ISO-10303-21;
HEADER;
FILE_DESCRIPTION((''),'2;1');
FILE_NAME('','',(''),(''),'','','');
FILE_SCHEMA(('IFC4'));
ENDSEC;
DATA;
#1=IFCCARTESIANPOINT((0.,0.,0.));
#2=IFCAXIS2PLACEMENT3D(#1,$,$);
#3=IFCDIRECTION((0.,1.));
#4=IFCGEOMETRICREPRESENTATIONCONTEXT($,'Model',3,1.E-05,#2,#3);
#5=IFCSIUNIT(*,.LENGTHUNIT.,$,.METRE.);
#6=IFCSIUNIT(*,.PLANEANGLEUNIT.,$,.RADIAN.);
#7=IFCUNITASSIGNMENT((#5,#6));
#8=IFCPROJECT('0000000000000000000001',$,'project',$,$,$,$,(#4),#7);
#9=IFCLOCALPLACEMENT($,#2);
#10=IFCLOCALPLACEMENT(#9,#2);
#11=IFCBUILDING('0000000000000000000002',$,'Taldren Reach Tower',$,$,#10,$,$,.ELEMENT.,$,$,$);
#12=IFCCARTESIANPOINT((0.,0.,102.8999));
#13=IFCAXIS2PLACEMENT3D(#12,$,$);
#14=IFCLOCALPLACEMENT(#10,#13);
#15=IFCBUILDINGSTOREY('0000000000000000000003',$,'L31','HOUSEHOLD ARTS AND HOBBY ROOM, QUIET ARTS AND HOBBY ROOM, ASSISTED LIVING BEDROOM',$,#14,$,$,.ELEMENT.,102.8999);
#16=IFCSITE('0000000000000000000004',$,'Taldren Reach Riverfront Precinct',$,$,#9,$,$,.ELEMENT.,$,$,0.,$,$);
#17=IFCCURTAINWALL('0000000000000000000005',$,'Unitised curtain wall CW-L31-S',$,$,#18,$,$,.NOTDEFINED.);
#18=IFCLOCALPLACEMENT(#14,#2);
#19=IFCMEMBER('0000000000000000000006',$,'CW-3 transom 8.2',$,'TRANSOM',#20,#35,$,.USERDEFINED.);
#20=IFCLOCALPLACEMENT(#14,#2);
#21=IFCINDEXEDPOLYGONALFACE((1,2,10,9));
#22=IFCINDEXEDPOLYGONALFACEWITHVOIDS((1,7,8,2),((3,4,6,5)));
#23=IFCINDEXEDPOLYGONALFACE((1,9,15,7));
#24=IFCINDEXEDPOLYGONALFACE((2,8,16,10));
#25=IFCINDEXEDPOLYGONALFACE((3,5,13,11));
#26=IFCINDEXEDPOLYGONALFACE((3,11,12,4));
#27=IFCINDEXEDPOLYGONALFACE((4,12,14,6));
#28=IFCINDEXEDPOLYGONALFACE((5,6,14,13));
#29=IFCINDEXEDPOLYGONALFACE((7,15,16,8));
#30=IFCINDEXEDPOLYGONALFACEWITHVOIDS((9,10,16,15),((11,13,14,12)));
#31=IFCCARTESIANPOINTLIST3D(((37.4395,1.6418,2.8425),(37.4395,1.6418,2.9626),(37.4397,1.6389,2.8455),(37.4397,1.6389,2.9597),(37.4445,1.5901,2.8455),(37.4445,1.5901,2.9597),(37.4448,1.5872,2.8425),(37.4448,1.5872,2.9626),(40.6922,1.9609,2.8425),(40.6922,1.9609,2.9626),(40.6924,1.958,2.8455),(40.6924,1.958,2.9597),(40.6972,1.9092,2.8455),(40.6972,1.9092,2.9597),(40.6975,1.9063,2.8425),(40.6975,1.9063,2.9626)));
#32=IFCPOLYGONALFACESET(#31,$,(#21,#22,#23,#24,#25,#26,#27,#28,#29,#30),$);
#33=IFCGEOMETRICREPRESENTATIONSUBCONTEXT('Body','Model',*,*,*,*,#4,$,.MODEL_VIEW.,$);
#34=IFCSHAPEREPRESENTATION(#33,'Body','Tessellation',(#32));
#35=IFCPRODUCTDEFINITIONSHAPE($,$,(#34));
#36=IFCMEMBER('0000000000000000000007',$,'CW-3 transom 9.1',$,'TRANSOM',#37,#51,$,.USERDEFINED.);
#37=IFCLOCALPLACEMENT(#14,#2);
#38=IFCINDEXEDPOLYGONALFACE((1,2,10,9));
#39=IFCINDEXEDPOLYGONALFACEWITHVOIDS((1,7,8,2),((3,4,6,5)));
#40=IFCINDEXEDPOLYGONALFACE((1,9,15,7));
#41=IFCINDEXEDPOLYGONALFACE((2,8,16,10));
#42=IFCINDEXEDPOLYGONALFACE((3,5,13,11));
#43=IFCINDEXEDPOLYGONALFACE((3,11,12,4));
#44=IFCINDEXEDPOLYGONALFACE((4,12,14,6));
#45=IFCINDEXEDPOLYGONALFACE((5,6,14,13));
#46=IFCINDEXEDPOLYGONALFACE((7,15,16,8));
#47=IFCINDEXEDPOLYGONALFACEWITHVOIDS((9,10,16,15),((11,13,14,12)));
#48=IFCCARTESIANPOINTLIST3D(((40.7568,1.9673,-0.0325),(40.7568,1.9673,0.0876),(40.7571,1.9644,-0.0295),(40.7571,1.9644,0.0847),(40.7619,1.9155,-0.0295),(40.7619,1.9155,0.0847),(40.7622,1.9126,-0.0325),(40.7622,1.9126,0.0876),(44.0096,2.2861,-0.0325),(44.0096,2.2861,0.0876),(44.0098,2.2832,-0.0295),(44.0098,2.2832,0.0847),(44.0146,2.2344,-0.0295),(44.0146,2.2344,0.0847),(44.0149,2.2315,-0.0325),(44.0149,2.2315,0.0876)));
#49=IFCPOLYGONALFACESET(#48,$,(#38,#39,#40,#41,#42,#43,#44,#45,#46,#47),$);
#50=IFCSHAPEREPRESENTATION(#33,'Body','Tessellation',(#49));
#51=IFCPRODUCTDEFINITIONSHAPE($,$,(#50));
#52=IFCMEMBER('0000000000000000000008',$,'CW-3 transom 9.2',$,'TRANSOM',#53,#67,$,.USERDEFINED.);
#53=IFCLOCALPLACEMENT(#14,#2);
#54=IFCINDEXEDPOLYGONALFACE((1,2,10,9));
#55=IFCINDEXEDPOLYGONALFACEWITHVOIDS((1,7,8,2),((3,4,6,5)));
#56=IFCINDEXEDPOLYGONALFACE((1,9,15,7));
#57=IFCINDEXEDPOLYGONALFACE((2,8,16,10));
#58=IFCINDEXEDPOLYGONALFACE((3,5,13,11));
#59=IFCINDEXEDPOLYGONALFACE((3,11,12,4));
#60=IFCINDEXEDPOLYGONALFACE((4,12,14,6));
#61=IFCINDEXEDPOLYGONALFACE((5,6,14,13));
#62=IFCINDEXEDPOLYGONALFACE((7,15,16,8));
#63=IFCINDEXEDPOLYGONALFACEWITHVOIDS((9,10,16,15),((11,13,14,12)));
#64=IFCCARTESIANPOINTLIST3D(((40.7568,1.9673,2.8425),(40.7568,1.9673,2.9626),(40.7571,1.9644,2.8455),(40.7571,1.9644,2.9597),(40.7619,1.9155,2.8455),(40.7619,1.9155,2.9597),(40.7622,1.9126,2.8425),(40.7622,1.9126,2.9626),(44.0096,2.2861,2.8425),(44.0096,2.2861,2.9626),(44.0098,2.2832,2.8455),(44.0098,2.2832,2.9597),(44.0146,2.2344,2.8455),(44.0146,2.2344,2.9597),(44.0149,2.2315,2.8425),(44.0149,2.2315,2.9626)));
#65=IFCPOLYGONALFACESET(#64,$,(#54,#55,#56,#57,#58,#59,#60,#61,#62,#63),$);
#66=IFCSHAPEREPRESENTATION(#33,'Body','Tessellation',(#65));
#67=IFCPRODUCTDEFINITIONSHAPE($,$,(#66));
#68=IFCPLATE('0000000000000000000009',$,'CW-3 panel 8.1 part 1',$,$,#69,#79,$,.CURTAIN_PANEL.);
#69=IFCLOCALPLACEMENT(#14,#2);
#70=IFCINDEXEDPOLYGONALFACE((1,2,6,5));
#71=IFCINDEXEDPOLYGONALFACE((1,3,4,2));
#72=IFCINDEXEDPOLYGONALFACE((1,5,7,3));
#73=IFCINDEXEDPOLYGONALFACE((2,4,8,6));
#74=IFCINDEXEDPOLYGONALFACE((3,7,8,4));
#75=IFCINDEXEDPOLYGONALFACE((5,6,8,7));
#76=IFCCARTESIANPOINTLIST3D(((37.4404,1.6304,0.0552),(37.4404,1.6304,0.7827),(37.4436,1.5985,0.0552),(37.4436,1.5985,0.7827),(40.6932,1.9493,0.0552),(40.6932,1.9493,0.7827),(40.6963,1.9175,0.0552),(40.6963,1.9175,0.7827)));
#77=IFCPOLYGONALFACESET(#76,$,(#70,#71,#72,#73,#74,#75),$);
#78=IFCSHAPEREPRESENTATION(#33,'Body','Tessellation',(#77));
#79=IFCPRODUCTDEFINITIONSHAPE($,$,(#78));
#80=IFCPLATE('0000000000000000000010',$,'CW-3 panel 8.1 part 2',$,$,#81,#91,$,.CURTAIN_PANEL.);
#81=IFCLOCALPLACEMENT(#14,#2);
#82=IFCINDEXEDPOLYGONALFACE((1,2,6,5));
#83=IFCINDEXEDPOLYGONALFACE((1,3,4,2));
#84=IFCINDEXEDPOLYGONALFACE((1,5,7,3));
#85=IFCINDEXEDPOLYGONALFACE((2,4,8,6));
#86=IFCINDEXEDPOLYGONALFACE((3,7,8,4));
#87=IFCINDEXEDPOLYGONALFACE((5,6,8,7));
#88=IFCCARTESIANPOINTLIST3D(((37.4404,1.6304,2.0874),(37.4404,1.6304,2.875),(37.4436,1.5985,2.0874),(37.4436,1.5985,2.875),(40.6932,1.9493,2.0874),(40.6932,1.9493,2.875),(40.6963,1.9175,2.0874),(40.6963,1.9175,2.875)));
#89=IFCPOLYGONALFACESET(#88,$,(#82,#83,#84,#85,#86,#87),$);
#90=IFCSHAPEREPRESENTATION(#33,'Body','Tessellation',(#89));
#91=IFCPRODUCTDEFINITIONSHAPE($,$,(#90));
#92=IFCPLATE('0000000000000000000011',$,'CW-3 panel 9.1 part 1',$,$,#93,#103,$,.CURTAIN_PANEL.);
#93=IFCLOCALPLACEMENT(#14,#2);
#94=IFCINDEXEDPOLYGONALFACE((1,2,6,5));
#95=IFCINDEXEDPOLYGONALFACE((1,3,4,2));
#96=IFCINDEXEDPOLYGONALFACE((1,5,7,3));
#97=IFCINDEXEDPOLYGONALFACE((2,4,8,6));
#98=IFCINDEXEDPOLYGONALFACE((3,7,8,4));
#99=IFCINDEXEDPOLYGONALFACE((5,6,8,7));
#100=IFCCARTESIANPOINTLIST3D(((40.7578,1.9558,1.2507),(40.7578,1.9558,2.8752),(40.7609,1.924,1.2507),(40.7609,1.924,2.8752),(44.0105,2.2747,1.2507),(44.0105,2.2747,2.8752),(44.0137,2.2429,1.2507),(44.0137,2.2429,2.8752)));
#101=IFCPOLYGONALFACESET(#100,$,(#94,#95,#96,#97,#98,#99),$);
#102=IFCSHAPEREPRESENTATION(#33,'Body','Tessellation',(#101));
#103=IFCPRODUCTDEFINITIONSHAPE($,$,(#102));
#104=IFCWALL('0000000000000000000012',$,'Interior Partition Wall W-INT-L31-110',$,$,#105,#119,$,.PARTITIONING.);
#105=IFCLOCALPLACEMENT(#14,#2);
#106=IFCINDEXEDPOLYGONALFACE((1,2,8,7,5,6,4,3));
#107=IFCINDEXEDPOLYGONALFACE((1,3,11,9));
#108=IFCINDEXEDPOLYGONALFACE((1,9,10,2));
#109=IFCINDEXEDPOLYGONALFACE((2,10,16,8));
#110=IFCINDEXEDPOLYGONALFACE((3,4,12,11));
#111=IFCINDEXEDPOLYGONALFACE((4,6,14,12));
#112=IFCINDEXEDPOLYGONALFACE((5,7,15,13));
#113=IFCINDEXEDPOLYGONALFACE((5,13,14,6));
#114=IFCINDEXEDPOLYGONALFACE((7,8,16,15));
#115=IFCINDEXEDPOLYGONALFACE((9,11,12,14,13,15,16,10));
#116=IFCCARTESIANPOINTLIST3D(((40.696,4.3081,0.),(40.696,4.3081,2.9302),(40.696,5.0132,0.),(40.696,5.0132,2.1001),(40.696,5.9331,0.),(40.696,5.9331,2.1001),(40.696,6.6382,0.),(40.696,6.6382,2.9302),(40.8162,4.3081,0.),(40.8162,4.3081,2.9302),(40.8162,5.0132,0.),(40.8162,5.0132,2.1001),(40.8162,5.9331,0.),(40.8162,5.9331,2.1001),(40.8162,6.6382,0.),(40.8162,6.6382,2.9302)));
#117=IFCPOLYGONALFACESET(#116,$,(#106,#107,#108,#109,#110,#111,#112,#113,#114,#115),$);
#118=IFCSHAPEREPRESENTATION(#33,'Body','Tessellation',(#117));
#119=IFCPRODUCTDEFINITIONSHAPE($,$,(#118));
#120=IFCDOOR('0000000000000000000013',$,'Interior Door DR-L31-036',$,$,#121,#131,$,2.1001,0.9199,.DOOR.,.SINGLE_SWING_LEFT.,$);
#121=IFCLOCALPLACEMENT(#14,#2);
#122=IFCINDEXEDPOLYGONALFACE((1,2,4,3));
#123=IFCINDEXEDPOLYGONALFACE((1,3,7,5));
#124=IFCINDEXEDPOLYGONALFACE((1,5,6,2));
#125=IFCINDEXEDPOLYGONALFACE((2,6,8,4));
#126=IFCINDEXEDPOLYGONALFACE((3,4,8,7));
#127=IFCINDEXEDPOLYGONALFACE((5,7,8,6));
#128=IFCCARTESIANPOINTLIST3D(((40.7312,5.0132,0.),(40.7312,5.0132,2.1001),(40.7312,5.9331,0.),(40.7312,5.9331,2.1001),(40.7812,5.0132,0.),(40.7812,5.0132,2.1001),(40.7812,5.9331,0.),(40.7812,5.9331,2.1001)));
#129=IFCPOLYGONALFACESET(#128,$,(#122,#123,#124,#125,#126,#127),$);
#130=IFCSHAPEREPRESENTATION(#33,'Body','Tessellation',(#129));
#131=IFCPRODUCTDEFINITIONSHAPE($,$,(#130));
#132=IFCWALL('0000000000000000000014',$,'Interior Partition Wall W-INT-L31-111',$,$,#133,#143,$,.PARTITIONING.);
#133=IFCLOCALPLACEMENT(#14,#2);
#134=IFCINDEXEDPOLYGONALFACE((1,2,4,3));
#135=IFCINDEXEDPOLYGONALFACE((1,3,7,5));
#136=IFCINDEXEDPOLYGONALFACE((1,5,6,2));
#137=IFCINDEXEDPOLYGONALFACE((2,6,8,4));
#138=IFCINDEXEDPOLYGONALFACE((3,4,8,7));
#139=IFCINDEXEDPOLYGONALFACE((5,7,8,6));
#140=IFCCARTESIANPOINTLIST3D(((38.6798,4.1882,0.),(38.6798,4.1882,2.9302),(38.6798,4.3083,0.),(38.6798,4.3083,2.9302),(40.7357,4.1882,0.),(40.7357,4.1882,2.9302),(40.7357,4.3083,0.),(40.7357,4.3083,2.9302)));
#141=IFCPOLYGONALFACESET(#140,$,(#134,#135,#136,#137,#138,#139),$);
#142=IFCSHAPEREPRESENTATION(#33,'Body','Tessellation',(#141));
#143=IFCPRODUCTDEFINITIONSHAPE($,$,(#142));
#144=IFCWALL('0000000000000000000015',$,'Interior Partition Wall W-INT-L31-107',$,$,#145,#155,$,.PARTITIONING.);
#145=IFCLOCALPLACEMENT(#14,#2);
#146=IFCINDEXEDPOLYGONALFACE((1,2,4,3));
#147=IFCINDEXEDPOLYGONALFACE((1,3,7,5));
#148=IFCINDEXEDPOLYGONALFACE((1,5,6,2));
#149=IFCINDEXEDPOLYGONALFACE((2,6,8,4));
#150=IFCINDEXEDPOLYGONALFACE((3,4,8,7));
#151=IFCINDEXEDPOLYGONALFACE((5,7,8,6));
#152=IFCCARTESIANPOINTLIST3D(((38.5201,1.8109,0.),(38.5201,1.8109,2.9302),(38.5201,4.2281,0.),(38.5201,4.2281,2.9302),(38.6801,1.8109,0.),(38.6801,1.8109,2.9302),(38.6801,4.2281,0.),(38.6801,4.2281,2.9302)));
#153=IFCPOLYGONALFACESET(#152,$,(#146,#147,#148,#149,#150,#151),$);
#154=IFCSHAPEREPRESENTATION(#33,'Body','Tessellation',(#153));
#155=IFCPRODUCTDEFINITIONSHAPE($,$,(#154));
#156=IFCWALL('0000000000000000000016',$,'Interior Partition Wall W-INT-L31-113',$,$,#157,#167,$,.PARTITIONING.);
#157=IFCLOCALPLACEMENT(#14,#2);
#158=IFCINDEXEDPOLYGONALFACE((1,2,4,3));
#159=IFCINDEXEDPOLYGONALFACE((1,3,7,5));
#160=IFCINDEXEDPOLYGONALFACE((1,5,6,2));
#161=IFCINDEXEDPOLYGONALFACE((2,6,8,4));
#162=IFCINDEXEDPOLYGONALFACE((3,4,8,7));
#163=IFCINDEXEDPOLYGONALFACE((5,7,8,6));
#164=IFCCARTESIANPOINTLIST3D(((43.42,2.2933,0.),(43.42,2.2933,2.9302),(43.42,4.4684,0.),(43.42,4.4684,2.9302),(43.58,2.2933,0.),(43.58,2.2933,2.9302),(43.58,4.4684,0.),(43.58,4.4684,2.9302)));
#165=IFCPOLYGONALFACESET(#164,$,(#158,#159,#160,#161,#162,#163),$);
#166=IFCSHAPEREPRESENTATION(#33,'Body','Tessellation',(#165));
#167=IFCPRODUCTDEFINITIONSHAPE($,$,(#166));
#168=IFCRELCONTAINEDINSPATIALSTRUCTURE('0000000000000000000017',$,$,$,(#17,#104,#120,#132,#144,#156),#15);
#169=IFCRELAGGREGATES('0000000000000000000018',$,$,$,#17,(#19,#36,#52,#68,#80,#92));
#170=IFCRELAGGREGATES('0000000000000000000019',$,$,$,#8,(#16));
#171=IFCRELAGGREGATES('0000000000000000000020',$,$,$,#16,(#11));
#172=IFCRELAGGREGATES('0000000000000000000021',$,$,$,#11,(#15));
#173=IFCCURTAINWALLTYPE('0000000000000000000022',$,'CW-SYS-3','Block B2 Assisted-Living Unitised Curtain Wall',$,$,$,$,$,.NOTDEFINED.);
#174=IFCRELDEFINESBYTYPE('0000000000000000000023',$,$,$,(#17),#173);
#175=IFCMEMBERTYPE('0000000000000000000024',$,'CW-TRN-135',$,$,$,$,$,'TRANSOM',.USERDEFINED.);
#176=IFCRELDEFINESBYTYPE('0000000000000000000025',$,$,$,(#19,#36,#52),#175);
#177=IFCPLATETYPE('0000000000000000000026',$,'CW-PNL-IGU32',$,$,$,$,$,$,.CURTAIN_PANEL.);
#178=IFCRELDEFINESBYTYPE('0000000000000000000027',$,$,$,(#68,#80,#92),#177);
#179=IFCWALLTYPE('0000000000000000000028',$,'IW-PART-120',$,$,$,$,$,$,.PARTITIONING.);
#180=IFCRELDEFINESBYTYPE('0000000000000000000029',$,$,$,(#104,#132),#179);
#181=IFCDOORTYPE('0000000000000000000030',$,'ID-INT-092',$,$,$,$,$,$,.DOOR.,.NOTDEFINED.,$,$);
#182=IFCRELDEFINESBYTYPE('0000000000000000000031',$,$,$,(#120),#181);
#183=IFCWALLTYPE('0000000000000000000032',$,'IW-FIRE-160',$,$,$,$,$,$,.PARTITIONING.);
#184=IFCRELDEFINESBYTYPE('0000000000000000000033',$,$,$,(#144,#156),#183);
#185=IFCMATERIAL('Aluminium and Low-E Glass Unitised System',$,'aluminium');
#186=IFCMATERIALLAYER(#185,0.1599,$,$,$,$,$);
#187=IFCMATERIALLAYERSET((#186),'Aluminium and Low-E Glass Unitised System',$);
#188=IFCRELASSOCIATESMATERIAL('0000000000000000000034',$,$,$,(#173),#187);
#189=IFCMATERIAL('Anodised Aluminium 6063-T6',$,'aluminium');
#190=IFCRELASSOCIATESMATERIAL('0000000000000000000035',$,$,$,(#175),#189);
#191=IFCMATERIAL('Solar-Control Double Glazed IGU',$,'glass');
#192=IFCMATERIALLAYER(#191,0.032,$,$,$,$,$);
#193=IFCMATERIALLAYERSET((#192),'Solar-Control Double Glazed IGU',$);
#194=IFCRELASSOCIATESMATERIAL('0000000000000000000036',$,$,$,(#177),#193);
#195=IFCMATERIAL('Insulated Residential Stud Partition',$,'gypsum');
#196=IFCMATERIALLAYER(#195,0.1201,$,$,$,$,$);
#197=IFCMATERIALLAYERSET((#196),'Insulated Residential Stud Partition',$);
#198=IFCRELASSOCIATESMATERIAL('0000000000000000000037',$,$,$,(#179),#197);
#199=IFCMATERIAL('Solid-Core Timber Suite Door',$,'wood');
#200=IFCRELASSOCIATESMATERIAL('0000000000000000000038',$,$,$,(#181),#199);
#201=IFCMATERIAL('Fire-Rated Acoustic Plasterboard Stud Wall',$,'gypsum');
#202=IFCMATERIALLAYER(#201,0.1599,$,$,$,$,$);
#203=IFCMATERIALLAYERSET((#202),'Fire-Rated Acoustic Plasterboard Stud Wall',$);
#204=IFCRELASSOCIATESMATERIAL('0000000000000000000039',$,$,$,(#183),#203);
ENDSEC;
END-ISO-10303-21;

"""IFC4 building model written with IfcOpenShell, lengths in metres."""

from ifc_helpers import new_model, si_unit, direction, frame, frame_2d, origin, origin_2d, place, context, subcontext, project, spatial, rectangle, hollow_rectangle, extrude, source, transform, mapped, material, layer, layer_set, material_profile, profile_set, type_object, element, fill, aggregate, save


model = new_model("IFC4")

# Units and contexts
model_context = context("Model", 3, precision=1e-05, world=origin(), true_north=direction((0.0, 1.0)))
body_context = subcontext(model_context, "Body", "Model", "MODEL_VIEW")
ifc_project = project(units=[si_unit("LENGTHUNIT", "METRE"), si_unit("PLANEANGLEUNIT", "RADIAN")], contexts=[model_context])

# Site, building, storey
site_placement = place(None, origin())
site = spatial("IfcSite", under=ifc_project, at=site_placement, Name="Taldren Reach Riverfront Precinct", CompositionType="ELEMENT", RefElevation=0.0)
building_placement = place(site_placement, origin())
building = spatial("IfcBuilding", under=site, at=building_placement, Name="Taldren Reach Tower", CompositionType="ELEMENT")
storey_placement = place(building_placement, frame((0.0, 0.0, 102.8999)))
storey = spatial("IfcBuildingStorey", under=building, at=storey_placement, Name="L31", Description="HOUSEHOLD ARTS AND HOBBY ROOM, QUIET ARTS AND HOBBY ROOM, ASSISTED LIVING BEDROOM", CompositionType="ELEMENT", Elevation=102.8999)

# Curtain wall, members, plates
ifc_material_1 = material(Name="Aluminium and Low-E Glass Unitised System", Category="aluminium")
ifc_layer_1 = layer(ifc_material_1, 0.1599)
ifc_layer_set_1 = layer_set([ifc_layer_1], Name="Aluminium and Low-E Glass Unitised System")
curtain_wall_type = type_object("IfcCurtainWallType", Name="CW-SYS-3", Description="Block B2 Assisted-Living Unitised Curtain Wall", PredefinedType="NOTDEFINED", material=ifc_layer_set_1)
curtain_wall_placement = place(storey_placement, origin())
curtain_wall = element("IfcCurtainWall", 1, at=curtain_wall_placement, inside=storey, type_object=curtain_wall_type, Name="Unitised curtain wall CW-L31-S", PredefinedType="NOTDEFINED")
ifc_material_2 = material(Name="Anodised Aluminium 6063-T6", Category="aluminium")
ifc_material_profile_1 = material_profile(ifc_material_2, hollow_rectangle(XDim=0.0549, YDim=0.1201, WallThickness=0.0029, at=origin_2d()), Name="ALU-120x55x3RHS")
ifc_profile_set_1 = profile_set([ifc_material_profile_1], Name="Anodised Aluminium 6063-T6")
member_type_1 = type_object("IfcMemberType", Name="CW-TRN-135", ElementType="TRANSOM", PredefinedType="USERDEFINED", material=ifc_profile_set_1)
shared_shape_1 = source(origin(), body_context, "Body", "SweptSolid", [
    extrude(hollow_rectangle(XDim=0.0549, YDim=0.1201, WallThickness=0.0029, at=origin_2d()), origin(), (0.0, 0.0, 1.0), 3.2683),
])
member_1_placement = place(storey_placement, frame((37.4421, 1.6145, 2.9026), z_axis=(0.995223, 0.097632, 0.0), x_axis=(-0.097632, 0.995223, 0.0)))
member_1 = element("IfcMember", 2, at=member_1_placement, type_object=member_type_1, Name="CW-3 transom 8.2", ObjectType="TRANSOM", PredefinedType="USERDEFINED", context=body_context, shape_type="MappedRepresentation", body=[
    mapped(shared_shape_1, transform((0.0, 0.0, 0.0), scale=1.0)),
])
member_2_placement = place(storey_placement, frame((40.7595, 1.9399, 0.0276), z_axis=(0.99523, 0.097558, 0.0), x_axis=(-0.097558, 0.99523, 0.0)))
member_2 = element("IfcMember", 3, at=member_2_placement, type_object=member_type_1, Name="CW-3 transom 9.1", ObjectType="TRANSOM", PredefinedType="USERDEFINED", context=body_context, shape_type="MappedRepresentation", body=[
    mapped(shared_shape_1, transform((0.0, 0.0, 0.0), scale=1.0)),
])
member_3_placement = place(storey_placement, frame((40.7595, 1.9399, 2.9026), z_axis=(0.99523, 0.097558, 0.0), x_axis=(-0.097558, 0.99523, 0.0)))
member_3 = element("IfcMember", 4, at=member_3_placement, type_object=member_type_1, Name="CW-3 transom 9.2", ObjectType="TRANSOM", PredefinedType="USERDEFINED", context=body_context, shape_type="MappedRepresentation", body=[
    mapped(shared_shape_1, transform((0.0, 0.0, 0.0), scale=1.0)),
])
ifc_material_3 = material(Name="Solar-Control Double Glazed IGU", Category="glass")
ifc_layer_2 = layer(ifc_material_3, 0.032)
ifc_layer_set_2 = layer_set([ifc_layer_2], Name="Solar-Control Double Glazed IGU")
plate_type = type_object("IfcPlateType", Name="CW-PNL-IGU32", PredefinedType="CURTAIN_PANEL", material=ifc_layer_set_2)
shared_shape_2 = source(origin(), body_context, "Body", "SweptSolid", [
    extrude(rectangle(XDim=3.2683, YDim=0.032, at=origin_2d()), origin(), (0.0, 0.0, 1.0), 0.7275),
])
plate_1_placement = place(storey_placement, frame((39.0684, 1.7739, 0.0552), z_axis=(0.0, 0.0, 1.0), x_axis=(0.995227, 0.097583, 0.0)))
plate_1 = element("IfcPlate", 5, at=plate_1_placement, type_object=plate_type, Name="CW-3 panel 8.1 part 1", PredefinedType="CURTAIN_PANEL", context=body_context, shape_type="MappedRepresentation", body=[
    mapped(shared_shape_2, transform((0.0, 0.0, 0.0), scale=1.0)),
])
shared_shape_3 = source(origin(), body_context, "Body", "SweptSolid", [
    extrude(rectangle(XDim=3.2683, YDim=0.032, at=origin_2d()), origin(), (0.0, 0.0, 1.0), 0.7876),
])
plate_2_placement = place(storey_placement, frame((39.0684, 1.7739, 2.0874), z_axis=(0.0, 0.0, 1.0), x_axis=(0.995227, 0.097583, 0.0)))
plate_2 = element("IfcPlate", 6, at=plate_2_placement, type_object=plate_type, Name="CW-3 panel 8.1 part 2", PredefinedType="CURTAIN_PANEL", context=body_context, shape_type="MappedRepresentation", body=[
    mapped(shared_shape_3, transform((0.0, 0.0, 0.0), scale=1.0)),
])
shared_shape_4 = source(origin(), body_context, "Body", "SweptSolid", [
    extrude(rectangle(XDim=3.2683, YDim=0.032, at=origin_2d()), origin(), (0.0, 0.0, 1.0), 1.6245),
])
plate_3_placement = place(storey_placement, frame((42.3857, 2.0994, 1.2507), z_axis=(0.0, 0.0, 1.0), x_axis=(0.995227, 0.097583, 0.0)))
plate_3 = element("IfcPlate", 7, at=plate_3_placement, type_object=plate_type, Name="CW-3 panel 9.1 part 1", PredefinedType="CURTAIN_PANEL", context=body_context, shape_type="MappedRepresentation", body=[
    mapped(shared_shape_4, transform((0.0, 0.0, 0.0), scale=1.0)),
])
aggregate(curtain_wall, [member_1, member_2, member_3, plate_1, plate_2, plate_3])

# Wall, opening, door
ifc_material_4 = material(Name="Insulated Residential Stud Partition", Category="gypsum")
ifc_layer_3 = layer(ifc_material_4, 0.1201)
ifc_layer_set_3 = layer_set([ifc_layer_3], Name="Insulated Residential Stud Partition")
wall_type_1 = type_object("IfcWallType", Name="IW-PART-120", PredefinedType="PARTITIONING", material=ifc_layer_set_3)
shared_shape_5 = source(origin(), body_context, "Body", "SweptSolid", [
    extrude(rectangle(XDim=2.3301, YDim=0.1201, at=frame_2d((1.165, 0.0))), origin(), (0.0, 0.0, 1.0), 2.9302),
])
wall_1_placement = place(storey_placement, frame((40.7561, 4.3081, 0.0), z_axis=(0.0, 0.0, 1.0), x_axis=(0.0, 1.0, 0.0)))
wall_1 = element("IfcWall", 8, at=wall_1_placement, inside=storey, type_object=wall_type_1, Name="Interior Partition Wall W-INT-L31-110", PredefinedType="PARTITIONING", context=body_context, shape_type="MappedRepresentation", body=[
    mapped(shared_shape_5, transform((0.0, 0.0, 0.0), scale=1.0)),
])
shared_shape_6 = source(origin(), body_context, "Body", "SweptSolid", [
    extrude(rectangle(XDim=0.9199, YDim=2.1001, at=frame_2d((0.46, 1.05))), frame((0.0, 0.0701, 0.0), z_axis=(0.0, -1.0, 0.0), x_axis=(1.0, 0.0, 0.0)), (0.0, 0.0, 1.0), 0.1401),
])
opening_placement = place(wall_1_placement, frame((0.7051, 0.0, 0.0)))
opening = element("IfcOpeningElement", 9, at=opening_placement, cuts=wall_1, PredefinedType="OPENING", context=body_context, shape_type="MappedRepresentation", body=[
    mapped(shared_shape_6, transform((0.0, 0.0, 0.0), scale=1.0)),
])
ifc_material_5 = material(Name="Solid-Core Timber Suite Door", Category="wood")
door_type = type_object("IfcDoorType", Name="ID-INT-092", OperationType="NOTDEFINED", PredefinedType="DOOR", material=ifc_material_5)
shared_shape_7 = source(origin(), body_context, "Body", "SweptSolid", [
    extrude(rectangle(XDim=0.9199, YDim=2.1001, at=frame_2d((0.46, 1.05))), frame((0.0, 0.0249, 0.0), z_axis=(0.0, -1.0, 0.0), x_axis=(1.0, 0.0, 0.0)), (0.0, 0.0, 1.0), 0.05),
])
door_placement = place(opening_placement, origin())
door = element("IfcDoor", 10, at=door_placement, inside=storey, type_object=door_type, Name="Interior Door DR-L31-036", OperationType="SINGLE_SWING_LEFT", OverallHeight=2.1001, OverallWidth=0.9199, PredefinedType="DOOR", context=body_context, shape_type="MappedRepresentation", body=[
    mapped(shared_shape_7, transform((0.0, 0.0, 0.0), scale=1.0)),
])
fill(opening, door)

# Walls
shared_shape_8 = source(origin(), body_context, "Body", "SweptSolid", [
    extrude(rectangle(XDim=2.0559, YDim=0.1201, at=frame_2d((1.0278, 0.0))), origin(), (0.0, 0.0, 1.0), 2.9302),
])
wall_2_placement = place(storey_placement, frame((38.6799, 4.2483, 0.0), z_axis=(0.0, 0.0, 1.0), x_axis=(1.0, 0.0, 0.0)))
element("IfcWall", 11, at=wall_2_placement, inside=storey, type_object=wall_type_1, Name="Interior Partition Wall W-INT-L31-111", PredefinedType="PARTITIONING", context=body_context, shape_type="MappedRepresentation", body=[
    mapped(shared_shape_8, transform((0.0, 0.0, 0.0), scale=1.0)),
])
ifc_material_6 = material(Name="Fire-Rated Acoustic Plasterboard Stud Wall", Category="gypsum")
ifc_layer_4 = layer(ifc_material_6, 0.1599)
ifc_layer_set_4 = layer_set([ifc_layer_4], Name="Fire-Rated Acoustic Plasterboard Stud Wall")
wall_type_2 = type_object("IfcWallType", Name="IW-FIRE-160", PredefinedType="PARTITIONING", material=ifc_layer_set_4)
shared_shape_9 = source(origin(), body_context, "Body", "SweptSolid", [
    extrude(rectangle(XDim=2.4172, YDim=0.1599, at=frame_2d((1.2085, 0.0))), origin(), (0.0, 0.0, 1.0), 2.9302),
])
wall_3_placement = place(storey_placement, frame((38.6001, 4.228, 0.0), z_axis=(0.0, 0.0, 1.0), x_axis=(0.0, -1.0, 0.0)))
element("IfcWall", 12, at=wall_3_placement, inside=storey, type_object=wall_type_2, Name="Interior Partition Wall W-INT-L31-107", PredefinedType="PARTITIONING", context=body_context, shape_type="MappedRepresentation", body=[
    mapped(shared_shape_9, transform((0.0, 0.0, 0.0), scale=1.0)),
])
shared_shape_10 = source(origin(), body_context, "Body", "SweptSolid", [
    extrude(rectangle(XDim=2.175, YDim=0.1599, at=frame_2d((1.0874, 0.0))), origin(), (0.0, 0.0, 1.0), 2.9302),
])
wall_4_placement = place(storey_placement, frame((43.5, 4.4683, 0.0), z_axis=(0.0, 0.0, 1.0), x_axis=(0.0, -1.0, 0.0)))
element("IfcWall", 13, at=wall_4_placement, inside=storey, type_object=wall_type_2, Name="Interior Partition Wall W-INT-L31-113", PredefinedType="PARTITIONING", context=body_context, shape_type="MappedRepresentation", body=[
    mapped(shared_shape_10, transform((0.0, 0.0, 0.0), scale=1.0)),
])

save(model, "model.ifc")
